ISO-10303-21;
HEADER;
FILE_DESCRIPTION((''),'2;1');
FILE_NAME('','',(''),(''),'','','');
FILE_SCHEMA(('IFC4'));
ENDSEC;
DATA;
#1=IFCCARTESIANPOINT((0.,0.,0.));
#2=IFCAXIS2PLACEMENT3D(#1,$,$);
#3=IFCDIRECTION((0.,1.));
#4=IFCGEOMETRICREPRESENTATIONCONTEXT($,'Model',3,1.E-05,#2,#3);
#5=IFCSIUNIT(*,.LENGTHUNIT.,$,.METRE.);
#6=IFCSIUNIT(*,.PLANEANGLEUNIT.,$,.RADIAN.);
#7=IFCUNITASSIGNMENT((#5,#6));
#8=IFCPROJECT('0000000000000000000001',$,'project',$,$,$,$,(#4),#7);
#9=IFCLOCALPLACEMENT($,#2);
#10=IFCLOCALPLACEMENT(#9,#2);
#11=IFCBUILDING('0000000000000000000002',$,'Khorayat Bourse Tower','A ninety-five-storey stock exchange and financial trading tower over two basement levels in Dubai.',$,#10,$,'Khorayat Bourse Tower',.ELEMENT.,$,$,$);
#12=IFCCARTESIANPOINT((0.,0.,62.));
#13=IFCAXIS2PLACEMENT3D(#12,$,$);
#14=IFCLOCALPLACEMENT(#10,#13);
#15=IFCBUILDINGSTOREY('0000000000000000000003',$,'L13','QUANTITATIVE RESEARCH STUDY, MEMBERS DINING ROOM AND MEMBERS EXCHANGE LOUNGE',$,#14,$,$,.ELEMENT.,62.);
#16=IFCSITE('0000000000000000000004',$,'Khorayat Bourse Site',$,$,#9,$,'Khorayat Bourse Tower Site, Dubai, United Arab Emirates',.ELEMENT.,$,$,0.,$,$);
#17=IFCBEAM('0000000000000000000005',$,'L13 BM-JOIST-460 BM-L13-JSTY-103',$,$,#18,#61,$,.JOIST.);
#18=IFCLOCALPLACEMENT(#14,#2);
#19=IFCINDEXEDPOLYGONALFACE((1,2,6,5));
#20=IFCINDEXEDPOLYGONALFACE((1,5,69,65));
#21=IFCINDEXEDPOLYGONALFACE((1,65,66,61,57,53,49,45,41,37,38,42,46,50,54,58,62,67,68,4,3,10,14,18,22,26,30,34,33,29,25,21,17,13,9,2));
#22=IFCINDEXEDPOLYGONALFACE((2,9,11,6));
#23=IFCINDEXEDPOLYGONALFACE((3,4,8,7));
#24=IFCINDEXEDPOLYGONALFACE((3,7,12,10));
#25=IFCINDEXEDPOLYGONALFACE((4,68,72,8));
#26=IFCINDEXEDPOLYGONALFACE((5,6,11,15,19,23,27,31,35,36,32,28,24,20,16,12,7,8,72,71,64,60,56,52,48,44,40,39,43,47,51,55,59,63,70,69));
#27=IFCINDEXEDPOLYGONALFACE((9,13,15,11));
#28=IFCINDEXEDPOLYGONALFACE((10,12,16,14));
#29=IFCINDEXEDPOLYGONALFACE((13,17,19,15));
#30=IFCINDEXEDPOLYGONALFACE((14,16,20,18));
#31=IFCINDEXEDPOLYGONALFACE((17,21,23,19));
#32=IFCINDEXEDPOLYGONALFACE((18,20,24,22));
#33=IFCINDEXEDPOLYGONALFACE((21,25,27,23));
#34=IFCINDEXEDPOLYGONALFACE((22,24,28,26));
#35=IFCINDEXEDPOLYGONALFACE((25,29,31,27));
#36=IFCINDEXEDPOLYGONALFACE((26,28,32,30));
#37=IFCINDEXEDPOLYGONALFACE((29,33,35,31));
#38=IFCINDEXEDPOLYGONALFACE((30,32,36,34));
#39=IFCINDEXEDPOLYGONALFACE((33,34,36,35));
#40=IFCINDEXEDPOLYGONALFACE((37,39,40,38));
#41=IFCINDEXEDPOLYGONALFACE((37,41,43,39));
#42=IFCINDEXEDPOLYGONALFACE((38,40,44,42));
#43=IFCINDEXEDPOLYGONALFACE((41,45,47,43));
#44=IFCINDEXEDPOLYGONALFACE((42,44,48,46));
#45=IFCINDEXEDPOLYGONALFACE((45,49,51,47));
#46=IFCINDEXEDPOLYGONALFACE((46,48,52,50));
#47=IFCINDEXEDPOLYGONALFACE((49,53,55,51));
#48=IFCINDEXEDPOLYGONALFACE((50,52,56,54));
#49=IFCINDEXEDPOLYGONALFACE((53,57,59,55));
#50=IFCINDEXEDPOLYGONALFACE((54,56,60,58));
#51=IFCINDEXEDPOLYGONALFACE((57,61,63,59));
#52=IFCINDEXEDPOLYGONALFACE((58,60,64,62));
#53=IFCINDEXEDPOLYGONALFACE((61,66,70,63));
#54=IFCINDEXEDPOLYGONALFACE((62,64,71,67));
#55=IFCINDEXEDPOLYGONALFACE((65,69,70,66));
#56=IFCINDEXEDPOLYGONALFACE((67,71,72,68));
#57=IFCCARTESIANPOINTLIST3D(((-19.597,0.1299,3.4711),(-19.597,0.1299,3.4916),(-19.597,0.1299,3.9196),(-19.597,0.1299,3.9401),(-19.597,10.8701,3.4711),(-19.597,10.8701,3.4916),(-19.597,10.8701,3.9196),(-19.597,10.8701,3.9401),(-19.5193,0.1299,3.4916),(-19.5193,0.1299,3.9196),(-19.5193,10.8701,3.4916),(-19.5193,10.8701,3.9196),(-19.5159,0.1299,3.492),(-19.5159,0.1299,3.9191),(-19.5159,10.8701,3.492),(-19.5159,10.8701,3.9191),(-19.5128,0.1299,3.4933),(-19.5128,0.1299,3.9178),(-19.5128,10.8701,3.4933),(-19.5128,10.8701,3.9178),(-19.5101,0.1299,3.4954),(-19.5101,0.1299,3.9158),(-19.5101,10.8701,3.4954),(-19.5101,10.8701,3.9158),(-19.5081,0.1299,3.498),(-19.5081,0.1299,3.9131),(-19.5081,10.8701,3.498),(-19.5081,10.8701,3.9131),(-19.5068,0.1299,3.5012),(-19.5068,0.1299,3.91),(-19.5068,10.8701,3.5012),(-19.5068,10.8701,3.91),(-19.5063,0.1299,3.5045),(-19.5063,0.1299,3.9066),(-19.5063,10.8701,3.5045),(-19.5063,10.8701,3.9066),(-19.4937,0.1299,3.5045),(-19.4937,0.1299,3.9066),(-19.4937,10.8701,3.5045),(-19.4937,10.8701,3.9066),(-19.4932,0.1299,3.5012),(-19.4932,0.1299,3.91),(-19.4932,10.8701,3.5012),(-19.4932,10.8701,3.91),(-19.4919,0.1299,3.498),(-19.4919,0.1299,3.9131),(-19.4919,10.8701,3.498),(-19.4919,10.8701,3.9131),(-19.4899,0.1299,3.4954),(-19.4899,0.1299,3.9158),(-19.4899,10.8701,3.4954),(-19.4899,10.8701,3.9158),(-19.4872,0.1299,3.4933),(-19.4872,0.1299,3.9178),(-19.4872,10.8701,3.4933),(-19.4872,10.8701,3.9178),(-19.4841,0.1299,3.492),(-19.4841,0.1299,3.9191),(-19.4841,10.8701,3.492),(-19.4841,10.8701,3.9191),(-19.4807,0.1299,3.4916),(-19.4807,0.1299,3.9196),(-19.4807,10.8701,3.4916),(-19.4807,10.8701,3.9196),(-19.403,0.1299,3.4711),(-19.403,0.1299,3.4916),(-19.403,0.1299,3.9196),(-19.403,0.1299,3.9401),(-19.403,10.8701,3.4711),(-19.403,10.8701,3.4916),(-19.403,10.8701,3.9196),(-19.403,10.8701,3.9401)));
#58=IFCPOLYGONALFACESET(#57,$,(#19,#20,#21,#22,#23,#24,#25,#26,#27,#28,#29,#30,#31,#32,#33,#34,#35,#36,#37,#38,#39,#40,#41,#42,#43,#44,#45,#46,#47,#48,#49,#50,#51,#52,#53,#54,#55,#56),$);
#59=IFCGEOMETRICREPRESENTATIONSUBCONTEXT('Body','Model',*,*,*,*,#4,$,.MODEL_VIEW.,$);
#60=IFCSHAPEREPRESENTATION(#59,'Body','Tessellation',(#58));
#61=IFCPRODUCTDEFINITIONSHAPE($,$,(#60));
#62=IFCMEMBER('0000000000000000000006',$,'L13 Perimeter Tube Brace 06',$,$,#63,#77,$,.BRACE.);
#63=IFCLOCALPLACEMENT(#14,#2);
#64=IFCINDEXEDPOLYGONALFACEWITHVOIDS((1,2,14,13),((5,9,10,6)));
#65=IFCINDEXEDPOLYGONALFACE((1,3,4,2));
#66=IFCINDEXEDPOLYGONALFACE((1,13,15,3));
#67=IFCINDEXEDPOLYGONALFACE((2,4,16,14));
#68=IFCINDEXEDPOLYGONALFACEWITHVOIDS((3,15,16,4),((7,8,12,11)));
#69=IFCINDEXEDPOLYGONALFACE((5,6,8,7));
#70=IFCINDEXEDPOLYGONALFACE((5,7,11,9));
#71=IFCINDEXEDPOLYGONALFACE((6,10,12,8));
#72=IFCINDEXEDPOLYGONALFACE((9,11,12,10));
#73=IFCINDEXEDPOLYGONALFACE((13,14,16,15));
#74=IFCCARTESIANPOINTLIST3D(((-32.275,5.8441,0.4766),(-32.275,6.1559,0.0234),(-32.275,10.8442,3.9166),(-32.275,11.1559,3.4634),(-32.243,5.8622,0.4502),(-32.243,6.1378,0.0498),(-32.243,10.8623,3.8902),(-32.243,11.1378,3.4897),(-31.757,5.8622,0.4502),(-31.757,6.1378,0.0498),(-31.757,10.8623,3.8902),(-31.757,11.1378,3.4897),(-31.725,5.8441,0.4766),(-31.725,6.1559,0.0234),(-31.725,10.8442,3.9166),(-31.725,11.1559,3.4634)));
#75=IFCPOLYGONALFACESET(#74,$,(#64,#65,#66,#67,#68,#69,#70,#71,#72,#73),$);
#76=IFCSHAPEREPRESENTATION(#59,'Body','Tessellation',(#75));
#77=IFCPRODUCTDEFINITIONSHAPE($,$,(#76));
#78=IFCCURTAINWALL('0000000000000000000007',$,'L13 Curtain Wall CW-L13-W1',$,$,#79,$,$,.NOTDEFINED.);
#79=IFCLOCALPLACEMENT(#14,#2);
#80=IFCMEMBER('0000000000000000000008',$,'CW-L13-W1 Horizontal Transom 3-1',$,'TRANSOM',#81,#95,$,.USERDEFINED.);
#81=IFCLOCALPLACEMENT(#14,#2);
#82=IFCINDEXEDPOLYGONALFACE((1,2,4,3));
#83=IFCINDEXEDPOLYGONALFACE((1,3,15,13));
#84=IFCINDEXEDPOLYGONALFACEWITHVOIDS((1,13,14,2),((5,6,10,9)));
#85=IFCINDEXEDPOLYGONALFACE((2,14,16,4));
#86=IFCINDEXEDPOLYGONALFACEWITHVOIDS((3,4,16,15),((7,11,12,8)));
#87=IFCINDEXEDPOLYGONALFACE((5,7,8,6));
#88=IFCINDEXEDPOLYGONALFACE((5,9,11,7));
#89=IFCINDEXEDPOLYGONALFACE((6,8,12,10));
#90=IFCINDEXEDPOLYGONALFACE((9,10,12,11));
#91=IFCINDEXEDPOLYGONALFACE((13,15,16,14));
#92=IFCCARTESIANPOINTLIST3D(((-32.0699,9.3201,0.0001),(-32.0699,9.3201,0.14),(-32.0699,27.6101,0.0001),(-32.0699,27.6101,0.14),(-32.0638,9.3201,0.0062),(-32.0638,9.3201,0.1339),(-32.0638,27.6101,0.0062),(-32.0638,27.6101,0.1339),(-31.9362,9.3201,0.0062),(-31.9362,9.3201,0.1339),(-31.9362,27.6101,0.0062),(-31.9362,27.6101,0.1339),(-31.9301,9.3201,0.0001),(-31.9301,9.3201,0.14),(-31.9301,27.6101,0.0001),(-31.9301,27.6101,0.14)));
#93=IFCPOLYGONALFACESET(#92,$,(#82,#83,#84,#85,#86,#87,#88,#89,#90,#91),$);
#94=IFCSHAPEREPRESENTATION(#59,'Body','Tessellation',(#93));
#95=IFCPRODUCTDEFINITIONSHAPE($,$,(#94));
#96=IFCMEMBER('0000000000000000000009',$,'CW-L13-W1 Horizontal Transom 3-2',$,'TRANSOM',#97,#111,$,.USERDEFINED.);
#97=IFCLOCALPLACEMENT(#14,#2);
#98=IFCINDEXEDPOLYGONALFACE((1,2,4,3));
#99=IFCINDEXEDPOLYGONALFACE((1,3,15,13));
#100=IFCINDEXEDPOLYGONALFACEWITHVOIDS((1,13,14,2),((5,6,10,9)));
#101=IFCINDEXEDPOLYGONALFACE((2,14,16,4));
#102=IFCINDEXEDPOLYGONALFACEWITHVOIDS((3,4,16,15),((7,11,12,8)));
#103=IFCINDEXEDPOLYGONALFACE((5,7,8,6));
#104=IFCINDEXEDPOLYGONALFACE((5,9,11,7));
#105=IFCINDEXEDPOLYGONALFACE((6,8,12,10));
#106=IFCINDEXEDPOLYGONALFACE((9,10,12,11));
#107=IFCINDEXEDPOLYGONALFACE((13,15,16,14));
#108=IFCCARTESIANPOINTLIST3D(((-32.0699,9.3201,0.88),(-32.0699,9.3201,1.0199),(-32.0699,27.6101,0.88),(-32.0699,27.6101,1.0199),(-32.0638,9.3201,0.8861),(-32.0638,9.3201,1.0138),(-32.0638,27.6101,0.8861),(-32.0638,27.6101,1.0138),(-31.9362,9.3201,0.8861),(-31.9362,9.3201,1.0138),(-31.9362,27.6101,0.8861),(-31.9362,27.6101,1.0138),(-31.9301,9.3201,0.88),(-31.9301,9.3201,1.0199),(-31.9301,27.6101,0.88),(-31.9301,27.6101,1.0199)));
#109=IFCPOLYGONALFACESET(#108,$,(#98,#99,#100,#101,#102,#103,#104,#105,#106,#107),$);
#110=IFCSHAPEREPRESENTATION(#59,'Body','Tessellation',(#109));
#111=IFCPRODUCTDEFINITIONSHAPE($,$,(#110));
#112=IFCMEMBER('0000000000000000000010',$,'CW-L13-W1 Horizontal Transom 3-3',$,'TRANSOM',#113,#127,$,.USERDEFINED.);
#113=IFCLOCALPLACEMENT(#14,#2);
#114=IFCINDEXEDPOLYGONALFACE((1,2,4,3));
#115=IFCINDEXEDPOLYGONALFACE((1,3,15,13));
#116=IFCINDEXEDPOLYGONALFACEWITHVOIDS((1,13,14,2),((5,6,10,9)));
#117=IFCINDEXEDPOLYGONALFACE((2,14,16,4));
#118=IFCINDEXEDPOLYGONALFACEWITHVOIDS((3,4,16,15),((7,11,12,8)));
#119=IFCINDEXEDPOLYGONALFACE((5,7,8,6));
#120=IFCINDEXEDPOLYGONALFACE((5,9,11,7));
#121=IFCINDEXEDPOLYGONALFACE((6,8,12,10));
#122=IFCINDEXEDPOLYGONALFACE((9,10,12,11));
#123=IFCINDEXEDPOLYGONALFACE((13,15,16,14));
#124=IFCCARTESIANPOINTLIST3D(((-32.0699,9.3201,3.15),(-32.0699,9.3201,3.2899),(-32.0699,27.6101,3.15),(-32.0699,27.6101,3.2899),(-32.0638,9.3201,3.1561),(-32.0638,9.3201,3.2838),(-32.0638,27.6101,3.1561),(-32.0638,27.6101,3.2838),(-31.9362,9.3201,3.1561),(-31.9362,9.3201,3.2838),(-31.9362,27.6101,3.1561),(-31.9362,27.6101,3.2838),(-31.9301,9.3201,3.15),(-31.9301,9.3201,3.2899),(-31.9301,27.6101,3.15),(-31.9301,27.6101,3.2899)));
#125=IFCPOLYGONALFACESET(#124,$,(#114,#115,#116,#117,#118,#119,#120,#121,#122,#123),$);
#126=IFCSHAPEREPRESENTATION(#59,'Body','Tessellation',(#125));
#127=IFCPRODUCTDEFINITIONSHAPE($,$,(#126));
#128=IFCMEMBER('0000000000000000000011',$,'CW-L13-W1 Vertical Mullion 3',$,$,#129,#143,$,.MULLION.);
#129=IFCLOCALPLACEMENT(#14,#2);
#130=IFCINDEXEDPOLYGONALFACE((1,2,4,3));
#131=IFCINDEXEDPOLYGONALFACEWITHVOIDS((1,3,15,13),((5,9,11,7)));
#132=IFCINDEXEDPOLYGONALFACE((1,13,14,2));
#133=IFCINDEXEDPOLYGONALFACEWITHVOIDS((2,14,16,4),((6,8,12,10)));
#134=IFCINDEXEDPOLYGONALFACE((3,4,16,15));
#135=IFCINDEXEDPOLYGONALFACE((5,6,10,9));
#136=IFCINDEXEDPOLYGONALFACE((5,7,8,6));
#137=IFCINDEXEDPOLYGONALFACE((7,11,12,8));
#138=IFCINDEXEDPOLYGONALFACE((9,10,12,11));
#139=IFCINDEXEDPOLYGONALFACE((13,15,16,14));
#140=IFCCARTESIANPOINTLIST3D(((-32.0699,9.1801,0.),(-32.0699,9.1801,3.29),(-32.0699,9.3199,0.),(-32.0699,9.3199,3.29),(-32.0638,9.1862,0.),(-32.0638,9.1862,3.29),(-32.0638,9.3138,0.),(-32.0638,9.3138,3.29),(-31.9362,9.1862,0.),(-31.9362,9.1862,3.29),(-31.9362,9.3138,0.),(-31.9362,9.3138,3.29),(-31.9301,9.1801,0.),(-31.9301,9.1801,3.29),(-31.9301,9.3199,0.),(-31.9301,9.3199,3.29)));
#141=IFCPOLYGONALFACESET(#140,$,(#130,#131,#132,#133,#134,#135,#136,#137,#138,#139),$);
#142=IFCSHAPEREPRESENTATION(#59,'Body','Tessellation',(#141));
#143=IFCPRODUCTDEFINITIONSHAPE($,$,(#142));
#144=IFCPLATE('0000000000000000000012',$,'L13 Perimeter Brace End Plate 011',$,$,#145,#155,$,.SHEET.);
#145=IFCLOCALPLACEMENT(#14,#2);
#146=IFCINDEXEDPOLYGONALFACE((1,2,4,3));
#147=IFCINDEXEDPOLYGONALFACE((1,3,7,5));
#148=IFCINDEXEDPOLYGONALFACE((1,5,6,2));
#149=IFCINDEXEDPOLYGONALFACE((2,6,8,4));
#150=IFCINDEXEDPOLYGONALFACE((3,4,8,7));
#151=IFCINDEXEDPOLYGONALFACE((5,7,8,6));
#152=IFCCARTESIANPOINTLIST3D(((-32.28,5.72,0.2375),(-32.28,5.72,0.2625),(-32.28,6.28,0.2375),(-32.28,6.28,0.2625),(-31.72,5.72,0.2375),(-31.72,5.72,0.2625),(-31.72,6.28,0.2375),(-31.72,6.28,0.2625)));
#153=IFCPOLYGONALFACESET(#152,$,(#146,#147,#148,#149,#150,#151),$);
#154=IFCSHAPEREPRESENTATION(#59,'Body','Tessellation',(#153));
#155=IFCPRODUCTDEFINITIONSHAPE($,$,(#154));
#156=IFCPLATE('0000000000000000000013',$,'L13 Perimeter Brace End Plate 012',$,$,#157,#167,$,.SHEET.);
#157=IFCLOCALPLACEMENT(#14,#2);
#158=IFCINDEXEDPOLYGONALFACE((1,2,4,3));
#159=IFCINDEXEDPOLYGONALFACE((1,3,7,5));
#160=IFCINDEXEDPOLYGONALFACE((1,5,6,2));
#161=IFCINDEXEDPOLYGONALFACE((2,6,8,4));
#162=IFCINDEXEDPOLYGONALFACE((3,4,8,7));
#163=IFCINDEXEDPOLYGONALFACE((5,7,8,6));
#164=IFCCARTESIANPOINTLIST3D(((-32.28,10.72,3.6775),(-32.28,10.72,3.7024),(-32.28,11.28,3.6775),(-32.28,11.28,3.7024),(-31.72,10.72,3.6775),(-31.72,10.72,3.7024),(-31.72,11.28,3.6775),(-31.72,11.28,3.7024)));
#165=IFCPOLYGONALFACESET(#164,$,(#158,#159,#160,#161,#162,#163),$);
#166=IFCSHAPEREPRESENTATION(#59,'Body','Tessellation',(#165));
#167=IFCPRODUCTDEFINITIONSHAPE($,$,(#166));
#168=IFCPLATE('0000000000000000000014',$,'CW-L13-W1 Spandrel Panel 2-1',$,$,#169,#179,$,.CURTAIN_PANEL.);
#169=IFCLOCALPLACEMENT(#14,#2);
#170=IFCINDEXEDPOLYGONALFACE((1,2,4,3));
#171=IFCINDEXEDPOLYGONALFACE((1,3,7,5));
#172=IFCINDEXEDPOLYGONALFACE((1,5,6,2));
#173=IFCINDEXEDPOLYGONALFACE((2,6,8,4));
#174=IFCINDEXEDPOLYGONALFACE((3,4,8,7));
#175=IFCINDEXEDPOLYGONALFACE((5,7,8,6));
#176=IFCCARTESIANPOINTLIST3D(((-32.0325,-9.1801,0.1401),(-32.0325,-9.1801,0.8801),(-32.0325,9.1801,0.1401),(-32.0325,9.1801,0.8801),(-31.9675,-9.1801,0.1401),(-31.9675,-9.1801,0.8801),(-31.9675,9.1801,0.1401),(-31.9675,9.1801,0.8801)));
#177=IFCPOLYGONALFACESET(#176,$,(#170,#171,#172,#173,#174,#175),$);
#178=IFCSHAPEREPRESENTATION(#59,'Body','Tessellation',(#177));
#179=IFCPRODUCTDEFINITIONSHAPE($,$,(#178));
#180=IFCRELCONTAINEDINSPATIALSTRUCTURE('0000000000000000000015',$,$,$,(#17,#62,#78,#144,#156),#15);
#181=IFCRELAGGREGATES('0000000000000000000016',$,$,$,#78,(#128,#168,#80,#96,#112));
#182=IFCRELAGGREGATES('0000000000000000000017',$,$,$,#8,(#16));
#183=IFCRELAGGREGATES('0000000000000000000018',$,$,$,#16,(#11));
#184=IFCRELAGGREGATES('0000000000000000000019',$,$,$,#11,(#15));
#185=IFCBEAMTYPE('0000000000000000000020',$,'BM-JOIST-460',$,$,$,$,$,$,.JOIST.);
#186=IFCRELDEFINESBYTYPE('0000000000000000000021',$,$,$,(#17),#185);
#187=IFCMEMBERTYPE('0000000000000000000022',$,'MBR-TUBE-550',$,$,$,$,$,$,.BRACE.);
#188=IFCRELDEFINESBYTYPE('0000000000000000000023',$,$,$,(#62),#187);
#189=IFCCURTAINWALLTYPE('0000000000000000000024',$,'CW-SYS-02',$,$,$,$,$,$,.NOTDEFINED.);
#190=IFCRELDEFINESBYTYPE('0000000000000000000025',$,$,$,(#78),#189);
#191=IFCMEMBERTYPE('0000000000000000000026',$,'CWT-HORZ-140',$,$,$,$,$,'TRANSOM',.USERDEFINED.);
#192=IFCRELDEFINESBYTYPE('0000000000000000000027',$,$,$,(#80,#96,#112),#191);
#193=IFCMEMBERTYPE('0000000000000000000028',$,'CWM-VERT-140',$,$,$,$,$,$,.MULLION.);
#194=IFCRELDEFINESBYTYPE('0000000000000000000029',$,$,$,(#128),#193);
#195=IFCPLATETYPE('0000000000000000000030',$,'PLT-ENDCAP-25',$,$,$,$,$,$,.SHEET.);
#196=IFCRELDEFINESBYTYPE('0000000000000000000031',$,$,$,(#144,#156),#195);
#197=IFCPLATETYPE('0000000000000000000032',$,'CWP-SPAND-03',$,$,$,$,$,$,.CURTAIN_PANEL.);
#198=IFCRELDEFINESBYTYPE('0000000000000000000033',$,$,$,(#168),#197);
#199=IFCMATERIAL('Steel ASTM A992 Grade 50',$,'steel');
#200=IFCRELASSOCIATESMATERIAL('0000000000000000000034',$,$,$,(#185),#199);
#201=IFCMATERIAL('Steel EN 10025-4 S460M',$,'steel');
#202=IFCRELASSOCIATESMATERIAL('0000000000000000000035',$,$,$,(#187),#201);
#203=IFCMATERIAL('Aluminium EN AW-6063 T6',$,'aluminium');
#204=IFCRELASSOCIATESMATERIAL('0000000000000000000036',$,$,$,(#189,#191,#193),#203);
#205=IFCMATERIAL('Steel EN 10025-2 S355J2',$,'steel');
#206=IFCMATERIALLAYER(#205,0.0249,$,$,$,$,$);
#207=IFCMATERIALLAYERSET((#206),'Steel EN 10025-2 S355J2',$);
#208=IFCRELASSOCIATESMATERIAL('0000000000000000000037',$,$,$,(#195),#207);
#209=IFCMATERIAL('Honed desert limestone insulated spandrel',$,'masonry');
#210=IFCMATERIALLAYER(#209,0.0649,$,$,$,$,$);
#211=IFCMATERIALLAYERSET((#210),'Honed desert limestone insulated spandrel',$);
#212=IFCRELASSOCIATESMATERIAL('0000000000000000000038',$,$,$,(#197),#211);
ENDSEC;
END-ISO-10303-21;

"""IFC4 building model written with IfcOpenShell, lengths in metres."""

from ifc_helpers import new_model, si_unit, direction, frame, origin, origin_2d, place, context, subcontext, project, spatial, rectangle, hollow_rectangle, i_section, extrude, source, transform, mapped, material, layer, layer_set, material_profile, profile_set, type_object, element, aggregate, save


model = new_model("IFC4")

# Units and contexts
model_context = context("Model", 3, precision=1e-05, world=origin(), true_north=direction((0.0, 1.0)))
body_context = subcontext(model_context, "Body", "Model", "MODEL_VIEW")
ifc_project = project(units=[si_unit("LENGTHUNIT", "METRE"), si_unit("PLANEANGLEUNIT", "RADIAN")], contexts=[model_context])

# Site, building, storey
site_placement = place(None, origin())
site = spatial("IfcSite", under=ifc_project, at=site_placement, Name="Khorayat Bourse Site", LongName="Khorayat Bourse Tower Site, Dubai, United Arab Emirates", CompositionType="ELEMENT", RefElevation=0.0)
building_placement = place(site_placement, origin())
building = spatial("IfcBuilding", under=site, at=building_placement, Name="Khorayat Bourse Tower", Description="A ninety-five-storey stock exchange and financial trading tower over two basement levels in Dubai.", LongName="Khorayat Bourse Tower", CompositionType="ELEMENT")
storey_placement = place(building_placement, frame((0.0, 0.0, 62.0)))
storey = spatial("IfcBuildingStorey", under=building, at=storey_placement, Name="L13", Description="QUANTITATIVE RESEARCH STUDY, MEMBERS DINING ROOM AND MEMBERS EXCHANGE LOUNGE", CompositionType="ELEMENT", Elevation=62.0)

# Shared definitions
ifc_material_1 = material(Name="Steel EN 10025-4 S460M", Category="steel")

# Beam
ifc_material_2 = material(Name="Steel ASTM A992 Grade 50", Category="steel")
ifc_material_profile_1 = material_profile(ifc_material_2, i_section(OverallWidth=0.1941, OverallDepth=0.469, WebThickness=0.0127, FlangeThickness=0.0205, FilletRadius=0.0129, at=origin_2d()), Name="W460X106")
ifc_profile_set_1 = profile_set([ifc_material_profile_1], Name="Steel ASTM A992 Grade 50")
beam_type_1 = type_object("IfcBeamType", Name="BM-JOIST-460", PredefinedType="JOIST", material=ifc_profile_set_1)
shared_shape_1 = source(origin(), body_context, "Body", "SweptSolid", [
    extrude(i_section(OverallWidth=0.1941, OverallDepth=0.469, WebThickness=0.0127, FlangeThickness=0.0205, FilletRadius=0.0129, at=origin_2d()), origin(), (0.0, 0.0, 1.0), 10.7402),
])
beam_1_placement = place(storey_placement, frame((-19.5, 0.1299, 3.7056), z_axis=(0.0, 1.0, 0.0), x_axis=(-1.0, 0.0, 0.0)))
element("IfcBeam", 1, at=beam_1_placement, inside=storey, type_object=beam_type_1, Name="L13 BM-JOIST-460 BM-L13-JSTY-103", PredefinedType="JOIST", context=body_context, shape_type="MappedRepresentation", body=[
    mapped(shared_shape_1, transform((0.0, 0.0, 0.0), scale=1.0)),
])

# Member
ifc_material_profile_2 = material_profile(ifc_material_1, hollow_rectangle(XDim=0.55, YDim=0.55, WallThickness=0.032, at=origin_2d()), Name="HSS 550x550x32")
ifc_profile_set_2 = profile_set([ifc_material_profile_2], Name="Steel EN 10025-4 S460M")
member_type_1 = type_object("IfcMemberType", Name="MBR-TUBE-550", PredefinedType="BRACE", material=ifc_profile_set_2)
shared_shape_2 = source(origin(), body_context, "Body", "SweptSolid", [
    extrude(hollow_rectangle(XDim=0.55, YDim=0.55, WallThickness=0.032, at=origin_2d()), origin(), (0.0, 0.0, 1.0), 6.0691),
])
member_1_placement = place(storey_placement, frame((-32.0, 6.0, 0.25), z_axis=(0.0, 0.823854, 0.566802), x_axis=(-1.0, 0.0, 0.0)))
element("IfcMember", 2, at=member_1_placement, inside=storey, type_object=member_type_1, Name="L13 Perimeter Tube Brace 06", PredefinedType="BRACE", context=body_context, shape_type="MappedRepresentation", body=[
    mapped(shared_shape_2, transform((0.0, 0.0, 0.0), scale=1.0)),
])

# Curtain wall, members
ifc_material_3 = material(Name="Aluminium EN AW-6063 T6", Category="aluminium")
curtain_wall_type = type_object("IfcCurtainWallType", Name="CW-SYS-02", PredefinedType="NOTDEFINED", material=ifc_material_3)
curtain_wall_placement = place(storey_placement, origin())
curtain_wall = element("IfcCurtainWall", 3, at=curtain_wall_placement, inside=storey, type_object=curtain_wall_type, Name="L13 Curtain Wall CW-L13-W1", PredefinedType="NOTDEFINED")
ifc_material_profile_3 = material_profile(ifc_material_3, hollow_rectangle(XDim=0.1399, YDim=0.1399, WallThickness=0.0061, at=origin_2d()), Name="ALU 140x140x6")
ifc_profile_set_3 = profile_set([ifc_material_profile_3], Name="Aluminium EN AW-6063 T6")
member_type_2 = type_object("IfcMemberType", Name="CWT-HORZ-140", ElementType="TRANSOM", PredefinedType="USERDEFINED", material=ifc_profile_set_3)
shared_shape_3 = source(origin(), body_context, "Body", "SweptSolid", [
    extrude(hollow_rectangle(XDim=0.1399, YDim=0.1399, WallThickness=0.0061, at=origin_2d()), origin(), (0.0, 0.0, 1.0), 18.29),
])
member_2_placement = place(storey_placement, frame((-32.0, 9.3201, 0.0701), z_axis=(0.0, 1.0, 0.0), x_axis=(-1.0, 0.0, 0.0)))
member_2 = element("IfcMember", 4, at=member_2_placement, type_object=member_type_2, Name="CW-L13-W1 Horizontal Transom 3-1", ObjectType="TRANSOM", PredefinedType="USERDEFINED", context=body_context, shape_type="MappedRepresentation", body=[
    mapped(shared_shape_3, transform((0.0, 0.0, 0.0), scale=1.0)),
])
member_3_placement = place(storey_placement, frame((-32.0, 9.3201, 0.95), z_axis=(0.0, 1.0, 0.0), x_axis=(-1.0, 0.0, 0.0)))
member_3 = element("IfcMember", 5, at=member_3_placement, type_object=member_type_2, Name="CW-L13-W1 Horizontal Transom 3-2", ObjectType="TRANSOM", PredefinedType="USERDEFINED", context=body_context, shape_type="MappedRepresentation", body=[
    mapped(shared_shape_3, transform((0.0, 0.0, 0.0), scale=1.0)),
])
member_4_placement = place(storey_placement, frame((-32.0, 9.3201, 3.22), z_axis=(0.0, 1.0, 0.0), x_axis=(-1.0, 0.0, 0.0)))
member_4 = element("IfcMember", 6, at=member_4_placement, type_object=member_type_2, Name="CW-L13-W1 Horizontal Transom 3-3", ObjectType="TRANSOM", PredefinedType="USERDEFINED", context=body_context, shape_type="MappedRepresentation", body=[
    mapped(shared_shape_3, transform((0.0, 0.0, 0.0), scale=1.0)),
])
ifc_material_profile_4 = material_profile(ifc_material_3, hollow_rectangle(XDim=0.1399, YDim=0.1399, WallThickness=0.0061, at=origin_2d()), Name="ALU 140x140x6")
ifc_profile_set_4 = profile_set([ifc_material_profile_4], Name="Aluminium EN AW-6063 T6")
member_type_3 = type_object("IfcMemberType", Name="CWM-VERT-140", PredefinedType="MULLION", material=ifc_profile_set_4)
shared_shape_4 = source(origin(), body_context, "Body", "SweptSolid", [
    extrude(hollow_rectangle(XDim=0.1399, YDim=0.1399, WallThickness=0.0061, at=origin_2d()), origin(), (0.0, 0.0, 1.0), 3.29),
])
member_5_placement = place(storey_placement, frame((-32.0, 9.25, 0.0), z_axis=(0.0, 0.0, 1.0), x_axis=(-1.0, 0.0, 0.0)))
member_5 = element("IfcMember", 7, at=member_5_placement, type_object=member_type_3, Name="CW-L13-W1 Vertical Mullion 3", PredefinedType="MULLION", context=body_context, shape_type="MappedRepresentation", body=[
    mapped(shared_shape_4, transform((0.0, 0.0, 0.0), scale=1.0)),
])

# Plates
ifc_material_4 = material(Name="Steel EN 10025-2 S355J2", Category="steel")
ifc_layer_1 = layer(ifc_material_4, 0.0249)
ifc_layer_set_1 = layer_set([ifc_layer_1], Name="Steel EN 10025-2 S355J2")
plate_type_1 = type_object("IfcPlateType", Name="PLT-ENDCAP-25", PredefinedType="SHEET", material=ifc_layer_set_1)
shared_shape_5 = source(origin(), body_context, "Body", "SweptSolid", [
    extrude(rectangle(XDim=0.5601, YDim=0.5601, at=origin_2d()), origin(), (0.0, 0.0, 1.0), 0.0249),
])
for number, where, z_axis, x_axis, name in (
    (8, (-32.0, 6.0, 0.2375), (0.0, 0.0, 1.0), (1.0, 0.0, 0.0), "L13 Perimeter Brace End Plate 011"),
    (9, (-32.0, 11.0, 3.6775), (0.0, 0.0, 1.0), (1.0, 0.0, 0.0), "L13 Perimeter Brace End Plate 012"),
):
    element("IfcPlate", number, at=place(storey_placement, frame(where, z_axis=z_axis, x_axis=x_axis)), inside=storey, type_object=plate_type_1, Name=name, PredefinedType="SHEET", context=body_context, shape_type="MappedRepresentation", body=[
        mapped(shared_shape_5, transform((0.0, 0.0, 0.0), scale=1.0)),
    ])

# Plate
ifc_material_5 = material(Name="Honed desert limestone insulated spandrel", Category="masonry")
ifc_layer_2 = layer(ifc_material_5, 0.0649)
ifc_layer_set_2 = layer_set([ifc_layer_2], Name="Honed desert limestone insulated spandrel")
plate_type_2 = type_object("IfcPlateType", Name="CWP-SPAND-03", PredefinedType="CURTAIN_PANEL", material=ifc_layer_set_2)
shared_shape_6 = source(origin(), body_context, "Body", "SweptSolid", [
    extrude(rectangle(XDim=18.3601, YDim=0.0649, at=origin_2d()), origin(), (0.0, 0.0, 1.0), 0.74),
])
plate_1_placement = place(storey_placement, frame((-32.0, 0.0, 0.1401), z_axis=(0.0, 0.0, 1.0), x_axis=(0.0, 1.0, 0.0)))
plate_1 = element("IfcPlate", 10, at=plate_1_placement, type_object=plate_type_2, Name="CW-L13-W1 Spandrel Panel 2-1", PredefinedType="CURTAIN_PANEL", context=body_context, shape_type="MappedRepresentation", body=[
    mapped(shared_shape_6, transform((0.0, 0.0, 0.0), scale=1.0)),
])
aggregate(curtain_wall, [member_5, plate_1, member_2, member_3, member_4])

save(model, "model.ifc")
